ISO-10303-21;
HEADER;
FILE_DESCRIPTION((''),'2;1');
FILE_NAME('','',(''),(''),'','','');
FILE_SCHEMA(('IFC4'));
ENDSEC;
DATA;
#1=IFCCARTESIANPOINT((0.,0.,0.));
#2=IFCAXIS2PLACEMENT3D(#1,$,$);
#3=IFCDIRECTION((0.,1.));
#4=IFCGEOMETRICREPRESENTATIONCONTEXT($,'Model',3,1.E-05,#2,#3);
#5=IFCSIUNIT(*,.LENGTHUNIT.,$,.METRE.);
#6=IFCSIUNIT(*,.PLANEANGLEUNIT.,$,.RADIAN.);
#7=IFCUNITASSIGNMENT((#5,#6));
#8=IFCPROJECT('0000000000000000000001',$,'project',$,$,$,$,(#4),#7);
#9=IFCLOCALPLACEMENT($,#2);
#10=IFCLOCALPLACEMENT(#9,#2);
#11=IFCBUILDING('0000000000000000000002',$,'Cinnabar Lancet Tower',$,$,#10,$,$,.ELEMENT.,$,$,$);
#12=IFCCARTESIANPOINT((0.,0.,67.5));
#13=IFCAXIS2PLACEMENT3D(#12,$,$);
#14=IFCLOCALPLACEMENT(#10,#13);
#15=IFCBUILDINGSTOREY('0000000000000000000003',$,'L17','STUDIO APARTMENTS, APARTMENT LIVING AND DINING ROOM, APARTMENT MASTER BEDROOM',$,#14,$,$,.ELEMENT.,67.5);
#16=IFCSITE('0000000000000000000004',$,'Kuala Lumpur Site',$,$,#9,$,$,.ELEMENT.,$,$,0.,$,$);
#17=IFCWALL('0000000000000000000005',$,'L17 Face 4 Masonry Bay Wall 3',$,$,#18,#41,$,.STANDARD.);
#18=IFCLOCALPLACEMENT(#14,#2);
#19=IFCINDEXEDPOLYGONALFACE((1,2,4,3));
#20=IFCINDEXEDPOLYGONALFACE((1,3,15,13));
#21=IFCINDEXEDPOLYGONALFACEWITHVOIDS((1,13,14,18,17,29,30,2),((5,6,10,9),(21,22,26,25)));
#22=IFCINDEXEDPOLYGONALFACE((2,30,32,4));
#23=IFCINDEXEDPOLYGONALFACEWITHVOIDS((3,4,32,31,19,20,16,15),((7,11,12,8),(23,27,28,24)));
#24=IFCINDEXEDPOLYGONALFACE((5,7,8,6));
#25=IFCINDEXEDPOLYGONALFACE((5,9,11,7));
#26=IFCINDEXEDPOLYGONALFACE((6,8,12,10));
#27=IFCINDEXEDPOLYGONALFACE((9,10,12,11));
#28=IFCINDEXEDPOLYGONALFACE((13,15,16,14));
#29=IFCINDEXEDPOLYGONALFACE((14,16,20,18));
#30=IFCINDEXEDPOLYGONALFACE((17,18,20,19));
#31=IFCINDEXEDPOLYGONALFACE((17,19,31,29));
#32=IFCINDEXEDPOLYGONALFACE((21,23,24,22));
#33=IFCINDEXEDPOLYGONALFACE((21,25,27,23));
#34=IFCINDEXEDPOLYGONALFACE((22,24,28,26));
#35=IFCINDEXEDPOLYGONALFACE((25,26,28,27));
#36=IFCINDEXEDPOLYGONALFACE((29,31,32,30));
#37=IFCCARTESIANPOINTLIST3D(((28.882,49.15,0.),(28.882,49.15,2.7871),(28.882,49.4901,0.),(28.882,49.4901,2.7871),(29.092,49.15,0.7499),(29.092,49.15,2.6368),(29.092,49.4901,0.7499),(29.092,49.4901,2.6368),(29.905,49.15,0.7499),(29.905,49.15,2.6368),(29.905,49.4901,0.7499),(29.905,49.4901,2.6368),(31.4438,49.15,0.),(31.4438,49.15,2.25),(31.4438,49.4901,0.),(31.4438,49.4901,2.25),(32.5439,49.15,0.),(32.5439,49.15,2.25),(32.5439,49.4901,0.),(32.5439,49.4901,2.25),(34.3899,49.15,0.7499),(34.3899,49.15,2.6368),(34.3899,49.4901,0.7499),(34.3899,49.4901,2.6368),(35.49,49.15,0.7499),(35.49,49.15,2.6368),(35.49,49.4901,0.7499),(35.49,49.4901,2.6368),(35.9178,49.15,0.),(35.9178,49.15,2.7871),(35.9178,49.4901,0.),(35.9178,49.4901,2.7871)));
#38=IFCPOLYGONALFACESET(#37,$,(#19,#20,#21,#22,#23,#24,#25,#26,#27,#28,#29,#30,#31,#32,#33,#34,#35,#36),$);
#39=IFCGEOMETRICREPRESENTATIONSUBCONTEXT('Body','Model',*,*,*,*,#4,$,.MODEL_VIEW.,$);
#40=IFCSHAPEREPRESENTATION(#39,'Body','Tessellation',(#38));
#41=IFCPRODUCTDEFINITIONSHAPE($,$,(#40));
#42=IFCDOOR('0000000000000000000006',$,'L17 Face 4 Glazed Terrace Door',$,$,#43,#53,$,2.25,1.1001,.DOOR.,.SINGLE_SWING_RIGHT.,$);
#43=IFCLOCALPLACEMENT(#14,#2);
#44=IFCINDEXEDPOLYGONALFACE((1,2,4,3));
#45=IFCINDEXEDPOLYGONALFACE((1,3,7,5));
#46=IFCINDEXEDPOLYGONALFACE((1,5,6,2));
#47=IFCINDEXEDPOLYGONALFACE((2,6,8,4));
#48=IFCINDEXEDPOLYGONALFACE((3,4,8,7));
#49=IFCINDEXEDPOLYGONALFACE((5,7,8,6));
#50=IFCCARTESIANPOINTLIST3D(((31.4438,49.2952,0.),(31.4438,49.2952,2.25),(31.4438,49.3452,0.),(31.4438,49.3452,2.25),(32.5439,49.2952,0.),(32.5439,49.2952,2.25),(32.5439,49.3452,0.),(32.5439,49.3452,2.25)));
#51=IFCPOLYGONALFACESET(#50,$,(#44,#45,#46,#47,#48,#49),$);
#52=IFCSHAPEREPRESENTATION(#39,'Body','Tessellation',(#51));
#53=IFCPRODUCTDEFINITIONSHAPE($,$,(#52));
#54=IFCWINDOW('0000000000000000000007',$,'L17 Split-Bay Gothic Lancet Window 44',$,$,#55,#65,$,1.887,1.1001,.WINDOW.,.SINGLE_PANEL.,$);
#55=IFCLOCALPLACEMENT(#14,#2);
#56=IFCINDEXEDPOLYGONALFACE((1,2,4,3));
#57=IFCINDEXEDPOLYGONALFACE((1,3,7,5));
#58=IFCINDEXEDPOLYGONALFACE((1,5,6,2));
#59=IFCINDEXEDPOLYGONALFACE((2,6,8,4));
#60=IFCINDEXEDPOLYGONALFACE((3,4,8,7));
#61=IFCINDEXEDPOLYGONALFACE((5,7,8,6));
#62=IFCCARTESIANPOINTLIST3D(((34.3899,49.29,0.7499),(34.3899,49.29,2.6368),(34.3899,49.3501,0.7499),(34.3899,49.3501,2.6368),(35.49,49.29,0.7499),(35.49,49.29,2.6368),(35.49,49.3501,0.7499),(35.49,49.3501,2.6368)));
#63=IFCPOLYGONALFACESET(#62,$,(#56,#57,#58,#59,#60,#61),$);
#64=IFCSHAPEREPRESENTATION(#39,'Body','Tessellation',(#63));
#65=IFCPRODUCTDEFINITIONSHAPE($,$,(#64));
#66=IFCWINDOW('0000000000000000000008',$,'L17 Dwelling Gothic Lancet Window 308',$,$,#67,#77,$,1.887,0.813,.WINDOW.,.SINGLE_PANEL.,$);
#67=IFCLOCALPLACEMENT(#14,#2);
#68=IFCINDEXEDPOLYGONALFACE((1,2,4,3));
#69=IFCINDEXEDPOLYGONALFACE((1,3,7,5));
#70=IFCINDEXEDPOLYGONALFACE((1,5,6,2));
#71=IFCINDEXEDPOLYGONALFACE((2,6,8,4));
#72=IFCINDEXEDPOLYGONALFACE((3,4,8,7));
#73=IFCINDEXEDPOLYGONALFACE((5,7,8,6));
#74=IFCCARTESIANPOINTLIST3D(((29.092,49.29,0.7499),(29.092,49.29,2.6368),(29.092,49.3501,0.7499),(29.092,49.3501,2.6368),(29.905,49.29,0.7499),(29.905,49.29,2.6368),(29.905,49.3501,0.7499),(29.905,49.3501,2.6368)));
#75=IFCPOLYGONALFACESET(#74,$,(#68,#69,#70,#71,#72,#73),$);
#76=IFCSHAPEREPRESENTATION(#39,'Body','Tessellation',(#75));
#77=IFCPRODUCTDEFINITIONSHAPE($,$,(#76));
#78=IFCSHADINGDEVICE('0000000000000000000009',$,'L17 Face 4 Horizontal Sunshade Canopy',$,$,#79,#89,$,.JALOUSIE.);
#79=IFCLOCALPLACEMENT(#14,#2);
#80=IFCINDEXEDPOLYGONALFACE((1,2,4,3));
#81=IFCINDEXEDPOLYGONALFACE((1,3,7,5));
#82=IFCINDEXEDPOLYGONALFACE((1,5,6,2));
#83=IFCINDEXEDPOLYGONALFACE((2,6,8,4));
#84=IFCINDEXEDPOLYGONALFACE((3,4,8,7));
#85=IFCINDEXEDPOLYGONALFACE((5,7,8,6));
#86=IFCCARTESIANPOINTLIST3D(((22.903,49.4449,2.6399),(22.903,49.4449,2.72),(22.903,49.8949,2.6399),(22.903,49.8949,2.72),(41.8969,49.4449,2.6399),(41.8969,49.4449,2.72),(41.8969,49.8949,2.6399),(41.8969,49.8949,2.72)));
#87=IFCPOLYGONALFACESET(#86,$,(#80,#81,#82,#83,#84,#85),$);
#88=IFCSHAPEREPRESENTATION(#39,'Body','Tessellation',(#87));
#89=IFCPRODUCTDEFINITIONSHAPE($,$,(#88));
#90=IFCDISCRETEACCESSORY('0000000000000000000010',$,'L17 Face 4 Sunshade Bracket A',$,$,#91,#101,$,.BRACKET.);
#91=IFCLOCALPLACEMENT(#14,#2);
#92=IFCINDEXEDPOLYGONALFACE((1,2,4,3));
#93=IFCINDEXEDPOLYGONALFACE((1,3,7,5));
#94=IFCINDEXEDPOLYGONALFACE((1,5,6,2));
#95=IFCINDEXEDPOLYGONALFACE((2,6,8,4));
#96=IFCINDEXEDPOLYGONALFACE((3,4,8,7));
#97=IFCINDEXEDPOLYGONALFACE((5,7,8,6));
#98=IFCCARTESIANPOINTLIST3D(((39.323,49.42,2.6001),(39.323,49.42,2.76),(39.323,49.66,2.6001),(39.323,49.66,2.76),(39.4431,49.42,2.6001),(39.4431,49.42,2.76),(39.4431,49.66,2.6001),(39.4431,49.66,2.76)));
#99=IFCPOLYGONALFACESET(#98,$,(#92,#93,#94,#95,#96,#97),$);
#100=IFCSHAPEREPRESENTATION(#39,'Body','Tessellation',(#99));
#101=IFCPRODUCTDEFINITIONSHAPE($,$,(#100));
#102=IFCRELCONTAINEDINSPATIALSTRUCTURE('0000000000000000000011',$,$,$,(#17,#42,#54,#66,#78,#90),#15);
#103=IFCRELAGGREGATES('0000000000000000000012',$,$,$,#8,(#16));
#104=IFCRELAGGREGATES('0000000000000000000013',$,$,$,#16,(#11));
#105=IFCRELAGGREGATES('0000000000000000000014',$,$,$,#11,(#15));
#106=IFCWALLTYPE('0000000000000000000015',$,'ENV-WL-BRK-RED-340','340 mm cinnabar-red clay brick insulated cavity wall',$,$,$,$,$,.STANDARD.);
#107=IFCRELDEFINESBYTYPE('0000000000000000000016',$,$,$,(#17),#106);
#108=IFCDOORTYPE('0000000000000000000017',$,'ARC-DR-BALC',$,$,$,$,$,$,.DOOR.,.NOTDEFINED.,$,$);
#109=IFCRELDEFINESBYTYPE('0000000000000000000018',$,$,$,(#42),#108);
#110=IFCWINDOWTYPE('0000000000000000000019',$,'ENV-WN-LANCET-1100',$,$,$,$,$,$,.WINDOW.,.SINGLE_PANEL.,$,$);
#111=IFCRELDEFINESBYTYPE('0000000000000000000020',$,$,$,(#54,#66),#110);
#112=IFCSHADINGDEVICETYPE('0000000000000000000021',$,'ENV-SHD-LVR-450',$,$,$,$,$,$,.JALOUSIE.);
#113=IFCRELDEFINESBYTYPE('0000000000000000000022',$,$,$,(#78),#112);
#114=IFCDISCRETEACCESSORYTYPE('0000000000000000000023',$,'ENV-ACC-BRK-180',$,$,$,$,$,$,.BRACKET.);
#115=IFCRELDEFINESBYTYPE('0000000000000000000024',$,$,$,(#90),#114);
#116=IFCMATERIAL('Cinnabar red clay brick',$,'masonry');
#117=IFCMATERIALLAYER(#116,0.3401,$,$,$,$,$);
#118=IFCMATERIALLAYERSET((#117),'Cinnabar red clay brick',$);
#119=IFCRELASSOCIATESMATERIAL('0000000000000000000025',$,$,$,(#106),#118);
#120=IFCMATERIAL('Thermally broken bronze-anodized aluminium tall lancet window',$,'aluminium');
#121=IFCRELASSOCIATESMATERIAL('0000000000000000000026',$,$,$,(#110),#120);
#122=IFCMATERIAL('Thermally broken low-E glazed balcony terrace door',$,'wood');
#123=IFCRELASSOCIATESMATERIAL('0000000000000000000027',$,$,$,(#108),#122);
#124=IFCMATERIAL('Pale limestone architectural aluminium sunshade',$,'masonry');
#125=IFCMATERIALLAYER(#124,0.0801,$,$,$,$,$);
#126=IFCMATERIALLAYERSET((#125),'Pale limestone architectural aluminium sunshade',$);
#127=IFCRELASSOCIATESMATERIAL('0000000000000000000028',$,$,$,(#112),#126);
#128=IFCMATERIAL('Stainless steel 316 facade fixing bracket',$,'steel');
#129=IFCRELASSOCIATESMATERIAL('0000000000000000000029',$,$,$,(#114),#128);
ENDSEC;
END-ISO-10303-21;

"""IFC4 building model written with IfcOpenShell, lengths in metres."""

from ifc_helpers import new_model, si_unit, direction, frame, frame_2d, origin, origin_2d, place, context, subcontext, project, spatial, rectangle, extrude, material, layer, layer_set, type_object, element, fill, save


model = new_model("IFC4")

# Units and contexts
model_context = context("Model", 3, precision=1e-05, world=origin(), true_north=direction((0.0, 1.0)))
body_context = subcontext(model_context, "Body", "Model", "MODEL_VIEW")
ifc_project = project(units=[si_unit("LENGTHUNIT", "METRE"), si_unit("PLANEANGLEUNIT", "RADIAN")], contexts=[model_context])

# Site, building, storey
site_placement = place(None, origin())
site = spatial("IfcSite", under=ifc_project, at=site_placement, Name="Kuala Lumpur Site", CompositionType="ELEMENT", RefElevation=0.0)
building_placement = place(site_placement, origin())
building = spatial("IfcBuilding", under=site, at=building_placement, Name="Cinnabar Lancet Tower", CompositionType="ELEMENT")
storey_placement = place(building_placement, frame((0.0, 0.0, 67.5)))
storey = spatial("IfcBuildingStorey", under=building, at=storey_placement, Name="L17", Description="STUDIO APARTMENTS, APARTMENT LIVING AND DINING ROOM, APARTMENT MASTER BEDROOM", CompositionType="ELEMENT", Elevation=67.5)

# Shared definitions
ifc_material_1 = material(Name="Cinnabar red clay brick", Category="masonry")
ifc_layer_1 = layer(ifc_material_1, 0.3401)
ifc_layer_set_1 = layer_set([ifc_layer_1], Name="Cinnabar red clay brick")
wall_type_1 = type_object("IfcWallType", Name="ENV-WL-BRK-RED-340", Description="340 mm cinnabar-red clay brick insulated cavity wall", PredefinedType="STANDARD", material=ifc_layer_set_1)
ifc_material_2 = material(Name="Thermally broken bronze-anodized aluminium tall lancet window", Category="aluminium")
window_type = type_object("IfcWindowType", Name="ENV-WN-LANCET-1100", PartitioningType="SINGLE_PANEL", PredefinedType="WINDOW", material=ifc_material_2)

# Wall, openings, door, windows
wall_1_placement = place(storey_placement, frame((35.918, 49.3201, 0.0), z_axis=(0.0, 0.0, 1.0), x_axis=(-1.0, 0.0, 0.0)))
wall_1 = element("IfcWall", 1, at=wall_1_placement, inside=storey, type_object=wall_type_1, Name="L17 Face 4 Masonry Bay Wall 3", PredefinedType="STANDARD", context=body_context, shape_type="SweptSolid", body=[
    extrude(rectangle(XDim=7.0359, YDim=0.3401, at=frame_2d((3.5181, 0.0))), origin(), (0.0, 0.0, 1.0), 2.7871),
])
opening_1_placement = place(wall_1_placement, frame((3.374, 0.0, 0.0)))
opening_1 = element("IfcOpeningElement", 2, at=opening_1_placement, cuts=wall_1, PredefinedType="OPENING", context=body_context, shape_type="SweptSolid", body=[
    extrude(rectangle(XDim=1.1001, YDim=2.25, at=frame_2d((0.55, 1.125))), frame((0.0, 0.1799, 0.0), z_axis=(0.0, -1.0, 0.0), x_axis=(1.0, 0.0, 0.0)), (0.0, 0.0, 1.0), 0.3601),
])
opening_2_placement = place(wall_1_placement, frame((0.428, 0.0, 0.75)))
opening_2 = element("IfcOpeningElement", 3, at=opening_2_placement, cuts=wall_1, PredefinedType="OPENING", context=body_context, shape_type="SweptSolid", body=[
    extrude(rectangle(XDim=1.1001, YDim=1.887, at=frame_2d((0.55, 0.9434))), frame((0.0, 0.1799, 0.0), z_axis=(0.0, -1.0, 0.0), x_axis=(1.0, 0.0, 0.0)), (0.0, 0.0, 1.0), 0.3601),
])
opening_3_placement = place(wall_1_placement, frame((6.0129, 0.0, 0.75)))
opening_3 = element("IfcOpeningElement", 4, at=opening_3_placement, cuts=wall_1, PredefinedType="OPENING", context=body_context, shape_type="SweptSolid", body=[
    extrude(rectangle(XDim=0.813, YDim=1.887, at=frame_2d((0.4065, 0.9434))), frame((0.0, 0.1799, 0.0), z_axis=(0.0, -1.0, 0.0), x_axis=(1.0, 0.0, 0.0)), (0.0, 0.0, 1.0), 0.3601),
])
ifc_material_3 = material(Name="Thermally broken low-E glazed balcony terrace door", Category="wood")
door_type_1 = type_object("IfcDoorType", Name="ARC-DR-BALC", OperationType="NOTDEFINED", PredefinedType="DOOR", material=ifc_material_3)
door_1_placement = place(opening_1_placement, origin())
door_1 = element("IfcDoor", 5, at=door_1_placement, inside=storey, type_object=door_type_1, Name="L17 Face 4 Glazed Terrace Door", OperationType="SINGLE_SWING_RIGHT", OverallHeight=2.25, OverallWidth=1.1001, PredefinedType="DOOR", context=body_context, shape_type="SweptSolid", body=[
    extrude(rectangle(XDim=1.1001, YDim=2.25, at=frame_2d((0.55, 1.125))), frame((0.0, 0.0249, 0.0), z_axis=(0.0, -1.0, 0.0), x_axis=(1.0, 0.0, 0.0)), (0.0, 0.0, 1.0), 0.05),
])
fill(opening_1, door_1)
window_1_placement = place(opening_2_placement, origin())
window_1 = element("IfcWindow", 6, at=window_1_placement, inside=storey, type_object=window_type, Name="L17 Split-Bay Gothic Lancet Window 44", OverallHeight=1.887, OverallWidth=1.1001, PartitioningType="SINGLE_PANEL", PredefinedType="WINDOW", context=body_context, shape_type="SweptSolid", body=[
    extrude(rectangle(XDim=1.1001, YDim=1.887, at=frame_2d((0.55, 0.9434))), frame((0.0, 0.03, 0.0), z_axis=(0.0, -1.0, 0.0), x_axis=(1.0, 0.0, 0.0)), (0.0, 0.0, 1.0), 0.0601),
])
fill(opening_2, window_1)
window_2_placement = place(opening_3_placement, origin())
window_2 = element("IfcWindow", 7, at=window_2_placement, inside=storey, type_object=window_type, Name="L17 Dwelling Gothic Lancet Window 308", OverallHeight=1.887, OverallWidth=0.813, PartitioningType="SINGLE_PANEL", PredefinedType="WINDOW", context=body_context, shape_type="SweptSolid", body=[
    extrude(rectangle(XDim=0.813, YDim=1.887, at=frame_2d((0.4065, 0.9434))), frame((0.0, 0.03, 0.0), z_axis=(0.0, -1.0, 0.0), x_axis=(1.0, 0.0, 0.0)), (0.0, 0.0, 1.0), 0.0601),
])
fill(opening_3, window_2)

# Shading device
ifc_material_4 = material(Name="Pale limestone architectural aluminium sunshade", Category="masonry")
ifc_layer_2 = layer(ifc_material_4, 0.0801)
ifc_layer_set_2 = layer_set([ifc_layer_2], Name="Pale limestone architectural aluminium sunshade")
shading_device_type = type_object("IfcShadingDeviceType", Name="ENV-SHD-LVR-450", PredefinedType="JALOUSIE", material=ifc_layer_set_2)
shading_device_placement = place(storey_placement, frame((32.3999, 49.6699, 2.6399), z_axis=(0.0, 0.0, 1.0), x_axis=(-1.0, 0.0, 0.0)))
element("IfcShadingDevice", 8, at=shading_device_placement, inside=storey, type_object=shading_device_type, Name="L17 Face 4 Horizontal Sunshade Canopy", PredefinedType="JALOUSIE", context=body_context, shape_type="SweptSolid", body=[
    extrude(rectangle(XDim=18.9939, YDim=0.45, at=origin_2d()), origin(), (0.0, 0.0, 1.0), 0.0801),
])

# Discrete accessory
ifc_material_5 = material(Name="Stainless steel 316 facade fixing bracket", Category="steel")
discrete_accessory_type = type_object("IfcDiscreteAccessoryType", Name="ENV-ACC-BRK-180", PredefinedType="BRACKET", material=ifc_material_5)
discrete_accessory_placement = place(storey_placement, frame((39.3831, 49.54, 2.6001), z_axis=(0.0, 0.0, 1.0), x_axis=(-1.0, 0.0, 0.0)))
element("IfcDiscreteAccessory", 9, at=discrete_accessory_placement, inside=storey, type_object=discrete_accessory_type, Name="L17 Face 4 Sunshade Bracket A", PredefinedType="BRACKET", context=body_context, shape_type="SweptSolid", body=[
    extrude(rectangle(XDim=0.1201, YDim=0.24, at=origin_2d()), origin(), (0.0, 0.0, 1.0), 0.1599),
])

save(model, "model.ifc")
